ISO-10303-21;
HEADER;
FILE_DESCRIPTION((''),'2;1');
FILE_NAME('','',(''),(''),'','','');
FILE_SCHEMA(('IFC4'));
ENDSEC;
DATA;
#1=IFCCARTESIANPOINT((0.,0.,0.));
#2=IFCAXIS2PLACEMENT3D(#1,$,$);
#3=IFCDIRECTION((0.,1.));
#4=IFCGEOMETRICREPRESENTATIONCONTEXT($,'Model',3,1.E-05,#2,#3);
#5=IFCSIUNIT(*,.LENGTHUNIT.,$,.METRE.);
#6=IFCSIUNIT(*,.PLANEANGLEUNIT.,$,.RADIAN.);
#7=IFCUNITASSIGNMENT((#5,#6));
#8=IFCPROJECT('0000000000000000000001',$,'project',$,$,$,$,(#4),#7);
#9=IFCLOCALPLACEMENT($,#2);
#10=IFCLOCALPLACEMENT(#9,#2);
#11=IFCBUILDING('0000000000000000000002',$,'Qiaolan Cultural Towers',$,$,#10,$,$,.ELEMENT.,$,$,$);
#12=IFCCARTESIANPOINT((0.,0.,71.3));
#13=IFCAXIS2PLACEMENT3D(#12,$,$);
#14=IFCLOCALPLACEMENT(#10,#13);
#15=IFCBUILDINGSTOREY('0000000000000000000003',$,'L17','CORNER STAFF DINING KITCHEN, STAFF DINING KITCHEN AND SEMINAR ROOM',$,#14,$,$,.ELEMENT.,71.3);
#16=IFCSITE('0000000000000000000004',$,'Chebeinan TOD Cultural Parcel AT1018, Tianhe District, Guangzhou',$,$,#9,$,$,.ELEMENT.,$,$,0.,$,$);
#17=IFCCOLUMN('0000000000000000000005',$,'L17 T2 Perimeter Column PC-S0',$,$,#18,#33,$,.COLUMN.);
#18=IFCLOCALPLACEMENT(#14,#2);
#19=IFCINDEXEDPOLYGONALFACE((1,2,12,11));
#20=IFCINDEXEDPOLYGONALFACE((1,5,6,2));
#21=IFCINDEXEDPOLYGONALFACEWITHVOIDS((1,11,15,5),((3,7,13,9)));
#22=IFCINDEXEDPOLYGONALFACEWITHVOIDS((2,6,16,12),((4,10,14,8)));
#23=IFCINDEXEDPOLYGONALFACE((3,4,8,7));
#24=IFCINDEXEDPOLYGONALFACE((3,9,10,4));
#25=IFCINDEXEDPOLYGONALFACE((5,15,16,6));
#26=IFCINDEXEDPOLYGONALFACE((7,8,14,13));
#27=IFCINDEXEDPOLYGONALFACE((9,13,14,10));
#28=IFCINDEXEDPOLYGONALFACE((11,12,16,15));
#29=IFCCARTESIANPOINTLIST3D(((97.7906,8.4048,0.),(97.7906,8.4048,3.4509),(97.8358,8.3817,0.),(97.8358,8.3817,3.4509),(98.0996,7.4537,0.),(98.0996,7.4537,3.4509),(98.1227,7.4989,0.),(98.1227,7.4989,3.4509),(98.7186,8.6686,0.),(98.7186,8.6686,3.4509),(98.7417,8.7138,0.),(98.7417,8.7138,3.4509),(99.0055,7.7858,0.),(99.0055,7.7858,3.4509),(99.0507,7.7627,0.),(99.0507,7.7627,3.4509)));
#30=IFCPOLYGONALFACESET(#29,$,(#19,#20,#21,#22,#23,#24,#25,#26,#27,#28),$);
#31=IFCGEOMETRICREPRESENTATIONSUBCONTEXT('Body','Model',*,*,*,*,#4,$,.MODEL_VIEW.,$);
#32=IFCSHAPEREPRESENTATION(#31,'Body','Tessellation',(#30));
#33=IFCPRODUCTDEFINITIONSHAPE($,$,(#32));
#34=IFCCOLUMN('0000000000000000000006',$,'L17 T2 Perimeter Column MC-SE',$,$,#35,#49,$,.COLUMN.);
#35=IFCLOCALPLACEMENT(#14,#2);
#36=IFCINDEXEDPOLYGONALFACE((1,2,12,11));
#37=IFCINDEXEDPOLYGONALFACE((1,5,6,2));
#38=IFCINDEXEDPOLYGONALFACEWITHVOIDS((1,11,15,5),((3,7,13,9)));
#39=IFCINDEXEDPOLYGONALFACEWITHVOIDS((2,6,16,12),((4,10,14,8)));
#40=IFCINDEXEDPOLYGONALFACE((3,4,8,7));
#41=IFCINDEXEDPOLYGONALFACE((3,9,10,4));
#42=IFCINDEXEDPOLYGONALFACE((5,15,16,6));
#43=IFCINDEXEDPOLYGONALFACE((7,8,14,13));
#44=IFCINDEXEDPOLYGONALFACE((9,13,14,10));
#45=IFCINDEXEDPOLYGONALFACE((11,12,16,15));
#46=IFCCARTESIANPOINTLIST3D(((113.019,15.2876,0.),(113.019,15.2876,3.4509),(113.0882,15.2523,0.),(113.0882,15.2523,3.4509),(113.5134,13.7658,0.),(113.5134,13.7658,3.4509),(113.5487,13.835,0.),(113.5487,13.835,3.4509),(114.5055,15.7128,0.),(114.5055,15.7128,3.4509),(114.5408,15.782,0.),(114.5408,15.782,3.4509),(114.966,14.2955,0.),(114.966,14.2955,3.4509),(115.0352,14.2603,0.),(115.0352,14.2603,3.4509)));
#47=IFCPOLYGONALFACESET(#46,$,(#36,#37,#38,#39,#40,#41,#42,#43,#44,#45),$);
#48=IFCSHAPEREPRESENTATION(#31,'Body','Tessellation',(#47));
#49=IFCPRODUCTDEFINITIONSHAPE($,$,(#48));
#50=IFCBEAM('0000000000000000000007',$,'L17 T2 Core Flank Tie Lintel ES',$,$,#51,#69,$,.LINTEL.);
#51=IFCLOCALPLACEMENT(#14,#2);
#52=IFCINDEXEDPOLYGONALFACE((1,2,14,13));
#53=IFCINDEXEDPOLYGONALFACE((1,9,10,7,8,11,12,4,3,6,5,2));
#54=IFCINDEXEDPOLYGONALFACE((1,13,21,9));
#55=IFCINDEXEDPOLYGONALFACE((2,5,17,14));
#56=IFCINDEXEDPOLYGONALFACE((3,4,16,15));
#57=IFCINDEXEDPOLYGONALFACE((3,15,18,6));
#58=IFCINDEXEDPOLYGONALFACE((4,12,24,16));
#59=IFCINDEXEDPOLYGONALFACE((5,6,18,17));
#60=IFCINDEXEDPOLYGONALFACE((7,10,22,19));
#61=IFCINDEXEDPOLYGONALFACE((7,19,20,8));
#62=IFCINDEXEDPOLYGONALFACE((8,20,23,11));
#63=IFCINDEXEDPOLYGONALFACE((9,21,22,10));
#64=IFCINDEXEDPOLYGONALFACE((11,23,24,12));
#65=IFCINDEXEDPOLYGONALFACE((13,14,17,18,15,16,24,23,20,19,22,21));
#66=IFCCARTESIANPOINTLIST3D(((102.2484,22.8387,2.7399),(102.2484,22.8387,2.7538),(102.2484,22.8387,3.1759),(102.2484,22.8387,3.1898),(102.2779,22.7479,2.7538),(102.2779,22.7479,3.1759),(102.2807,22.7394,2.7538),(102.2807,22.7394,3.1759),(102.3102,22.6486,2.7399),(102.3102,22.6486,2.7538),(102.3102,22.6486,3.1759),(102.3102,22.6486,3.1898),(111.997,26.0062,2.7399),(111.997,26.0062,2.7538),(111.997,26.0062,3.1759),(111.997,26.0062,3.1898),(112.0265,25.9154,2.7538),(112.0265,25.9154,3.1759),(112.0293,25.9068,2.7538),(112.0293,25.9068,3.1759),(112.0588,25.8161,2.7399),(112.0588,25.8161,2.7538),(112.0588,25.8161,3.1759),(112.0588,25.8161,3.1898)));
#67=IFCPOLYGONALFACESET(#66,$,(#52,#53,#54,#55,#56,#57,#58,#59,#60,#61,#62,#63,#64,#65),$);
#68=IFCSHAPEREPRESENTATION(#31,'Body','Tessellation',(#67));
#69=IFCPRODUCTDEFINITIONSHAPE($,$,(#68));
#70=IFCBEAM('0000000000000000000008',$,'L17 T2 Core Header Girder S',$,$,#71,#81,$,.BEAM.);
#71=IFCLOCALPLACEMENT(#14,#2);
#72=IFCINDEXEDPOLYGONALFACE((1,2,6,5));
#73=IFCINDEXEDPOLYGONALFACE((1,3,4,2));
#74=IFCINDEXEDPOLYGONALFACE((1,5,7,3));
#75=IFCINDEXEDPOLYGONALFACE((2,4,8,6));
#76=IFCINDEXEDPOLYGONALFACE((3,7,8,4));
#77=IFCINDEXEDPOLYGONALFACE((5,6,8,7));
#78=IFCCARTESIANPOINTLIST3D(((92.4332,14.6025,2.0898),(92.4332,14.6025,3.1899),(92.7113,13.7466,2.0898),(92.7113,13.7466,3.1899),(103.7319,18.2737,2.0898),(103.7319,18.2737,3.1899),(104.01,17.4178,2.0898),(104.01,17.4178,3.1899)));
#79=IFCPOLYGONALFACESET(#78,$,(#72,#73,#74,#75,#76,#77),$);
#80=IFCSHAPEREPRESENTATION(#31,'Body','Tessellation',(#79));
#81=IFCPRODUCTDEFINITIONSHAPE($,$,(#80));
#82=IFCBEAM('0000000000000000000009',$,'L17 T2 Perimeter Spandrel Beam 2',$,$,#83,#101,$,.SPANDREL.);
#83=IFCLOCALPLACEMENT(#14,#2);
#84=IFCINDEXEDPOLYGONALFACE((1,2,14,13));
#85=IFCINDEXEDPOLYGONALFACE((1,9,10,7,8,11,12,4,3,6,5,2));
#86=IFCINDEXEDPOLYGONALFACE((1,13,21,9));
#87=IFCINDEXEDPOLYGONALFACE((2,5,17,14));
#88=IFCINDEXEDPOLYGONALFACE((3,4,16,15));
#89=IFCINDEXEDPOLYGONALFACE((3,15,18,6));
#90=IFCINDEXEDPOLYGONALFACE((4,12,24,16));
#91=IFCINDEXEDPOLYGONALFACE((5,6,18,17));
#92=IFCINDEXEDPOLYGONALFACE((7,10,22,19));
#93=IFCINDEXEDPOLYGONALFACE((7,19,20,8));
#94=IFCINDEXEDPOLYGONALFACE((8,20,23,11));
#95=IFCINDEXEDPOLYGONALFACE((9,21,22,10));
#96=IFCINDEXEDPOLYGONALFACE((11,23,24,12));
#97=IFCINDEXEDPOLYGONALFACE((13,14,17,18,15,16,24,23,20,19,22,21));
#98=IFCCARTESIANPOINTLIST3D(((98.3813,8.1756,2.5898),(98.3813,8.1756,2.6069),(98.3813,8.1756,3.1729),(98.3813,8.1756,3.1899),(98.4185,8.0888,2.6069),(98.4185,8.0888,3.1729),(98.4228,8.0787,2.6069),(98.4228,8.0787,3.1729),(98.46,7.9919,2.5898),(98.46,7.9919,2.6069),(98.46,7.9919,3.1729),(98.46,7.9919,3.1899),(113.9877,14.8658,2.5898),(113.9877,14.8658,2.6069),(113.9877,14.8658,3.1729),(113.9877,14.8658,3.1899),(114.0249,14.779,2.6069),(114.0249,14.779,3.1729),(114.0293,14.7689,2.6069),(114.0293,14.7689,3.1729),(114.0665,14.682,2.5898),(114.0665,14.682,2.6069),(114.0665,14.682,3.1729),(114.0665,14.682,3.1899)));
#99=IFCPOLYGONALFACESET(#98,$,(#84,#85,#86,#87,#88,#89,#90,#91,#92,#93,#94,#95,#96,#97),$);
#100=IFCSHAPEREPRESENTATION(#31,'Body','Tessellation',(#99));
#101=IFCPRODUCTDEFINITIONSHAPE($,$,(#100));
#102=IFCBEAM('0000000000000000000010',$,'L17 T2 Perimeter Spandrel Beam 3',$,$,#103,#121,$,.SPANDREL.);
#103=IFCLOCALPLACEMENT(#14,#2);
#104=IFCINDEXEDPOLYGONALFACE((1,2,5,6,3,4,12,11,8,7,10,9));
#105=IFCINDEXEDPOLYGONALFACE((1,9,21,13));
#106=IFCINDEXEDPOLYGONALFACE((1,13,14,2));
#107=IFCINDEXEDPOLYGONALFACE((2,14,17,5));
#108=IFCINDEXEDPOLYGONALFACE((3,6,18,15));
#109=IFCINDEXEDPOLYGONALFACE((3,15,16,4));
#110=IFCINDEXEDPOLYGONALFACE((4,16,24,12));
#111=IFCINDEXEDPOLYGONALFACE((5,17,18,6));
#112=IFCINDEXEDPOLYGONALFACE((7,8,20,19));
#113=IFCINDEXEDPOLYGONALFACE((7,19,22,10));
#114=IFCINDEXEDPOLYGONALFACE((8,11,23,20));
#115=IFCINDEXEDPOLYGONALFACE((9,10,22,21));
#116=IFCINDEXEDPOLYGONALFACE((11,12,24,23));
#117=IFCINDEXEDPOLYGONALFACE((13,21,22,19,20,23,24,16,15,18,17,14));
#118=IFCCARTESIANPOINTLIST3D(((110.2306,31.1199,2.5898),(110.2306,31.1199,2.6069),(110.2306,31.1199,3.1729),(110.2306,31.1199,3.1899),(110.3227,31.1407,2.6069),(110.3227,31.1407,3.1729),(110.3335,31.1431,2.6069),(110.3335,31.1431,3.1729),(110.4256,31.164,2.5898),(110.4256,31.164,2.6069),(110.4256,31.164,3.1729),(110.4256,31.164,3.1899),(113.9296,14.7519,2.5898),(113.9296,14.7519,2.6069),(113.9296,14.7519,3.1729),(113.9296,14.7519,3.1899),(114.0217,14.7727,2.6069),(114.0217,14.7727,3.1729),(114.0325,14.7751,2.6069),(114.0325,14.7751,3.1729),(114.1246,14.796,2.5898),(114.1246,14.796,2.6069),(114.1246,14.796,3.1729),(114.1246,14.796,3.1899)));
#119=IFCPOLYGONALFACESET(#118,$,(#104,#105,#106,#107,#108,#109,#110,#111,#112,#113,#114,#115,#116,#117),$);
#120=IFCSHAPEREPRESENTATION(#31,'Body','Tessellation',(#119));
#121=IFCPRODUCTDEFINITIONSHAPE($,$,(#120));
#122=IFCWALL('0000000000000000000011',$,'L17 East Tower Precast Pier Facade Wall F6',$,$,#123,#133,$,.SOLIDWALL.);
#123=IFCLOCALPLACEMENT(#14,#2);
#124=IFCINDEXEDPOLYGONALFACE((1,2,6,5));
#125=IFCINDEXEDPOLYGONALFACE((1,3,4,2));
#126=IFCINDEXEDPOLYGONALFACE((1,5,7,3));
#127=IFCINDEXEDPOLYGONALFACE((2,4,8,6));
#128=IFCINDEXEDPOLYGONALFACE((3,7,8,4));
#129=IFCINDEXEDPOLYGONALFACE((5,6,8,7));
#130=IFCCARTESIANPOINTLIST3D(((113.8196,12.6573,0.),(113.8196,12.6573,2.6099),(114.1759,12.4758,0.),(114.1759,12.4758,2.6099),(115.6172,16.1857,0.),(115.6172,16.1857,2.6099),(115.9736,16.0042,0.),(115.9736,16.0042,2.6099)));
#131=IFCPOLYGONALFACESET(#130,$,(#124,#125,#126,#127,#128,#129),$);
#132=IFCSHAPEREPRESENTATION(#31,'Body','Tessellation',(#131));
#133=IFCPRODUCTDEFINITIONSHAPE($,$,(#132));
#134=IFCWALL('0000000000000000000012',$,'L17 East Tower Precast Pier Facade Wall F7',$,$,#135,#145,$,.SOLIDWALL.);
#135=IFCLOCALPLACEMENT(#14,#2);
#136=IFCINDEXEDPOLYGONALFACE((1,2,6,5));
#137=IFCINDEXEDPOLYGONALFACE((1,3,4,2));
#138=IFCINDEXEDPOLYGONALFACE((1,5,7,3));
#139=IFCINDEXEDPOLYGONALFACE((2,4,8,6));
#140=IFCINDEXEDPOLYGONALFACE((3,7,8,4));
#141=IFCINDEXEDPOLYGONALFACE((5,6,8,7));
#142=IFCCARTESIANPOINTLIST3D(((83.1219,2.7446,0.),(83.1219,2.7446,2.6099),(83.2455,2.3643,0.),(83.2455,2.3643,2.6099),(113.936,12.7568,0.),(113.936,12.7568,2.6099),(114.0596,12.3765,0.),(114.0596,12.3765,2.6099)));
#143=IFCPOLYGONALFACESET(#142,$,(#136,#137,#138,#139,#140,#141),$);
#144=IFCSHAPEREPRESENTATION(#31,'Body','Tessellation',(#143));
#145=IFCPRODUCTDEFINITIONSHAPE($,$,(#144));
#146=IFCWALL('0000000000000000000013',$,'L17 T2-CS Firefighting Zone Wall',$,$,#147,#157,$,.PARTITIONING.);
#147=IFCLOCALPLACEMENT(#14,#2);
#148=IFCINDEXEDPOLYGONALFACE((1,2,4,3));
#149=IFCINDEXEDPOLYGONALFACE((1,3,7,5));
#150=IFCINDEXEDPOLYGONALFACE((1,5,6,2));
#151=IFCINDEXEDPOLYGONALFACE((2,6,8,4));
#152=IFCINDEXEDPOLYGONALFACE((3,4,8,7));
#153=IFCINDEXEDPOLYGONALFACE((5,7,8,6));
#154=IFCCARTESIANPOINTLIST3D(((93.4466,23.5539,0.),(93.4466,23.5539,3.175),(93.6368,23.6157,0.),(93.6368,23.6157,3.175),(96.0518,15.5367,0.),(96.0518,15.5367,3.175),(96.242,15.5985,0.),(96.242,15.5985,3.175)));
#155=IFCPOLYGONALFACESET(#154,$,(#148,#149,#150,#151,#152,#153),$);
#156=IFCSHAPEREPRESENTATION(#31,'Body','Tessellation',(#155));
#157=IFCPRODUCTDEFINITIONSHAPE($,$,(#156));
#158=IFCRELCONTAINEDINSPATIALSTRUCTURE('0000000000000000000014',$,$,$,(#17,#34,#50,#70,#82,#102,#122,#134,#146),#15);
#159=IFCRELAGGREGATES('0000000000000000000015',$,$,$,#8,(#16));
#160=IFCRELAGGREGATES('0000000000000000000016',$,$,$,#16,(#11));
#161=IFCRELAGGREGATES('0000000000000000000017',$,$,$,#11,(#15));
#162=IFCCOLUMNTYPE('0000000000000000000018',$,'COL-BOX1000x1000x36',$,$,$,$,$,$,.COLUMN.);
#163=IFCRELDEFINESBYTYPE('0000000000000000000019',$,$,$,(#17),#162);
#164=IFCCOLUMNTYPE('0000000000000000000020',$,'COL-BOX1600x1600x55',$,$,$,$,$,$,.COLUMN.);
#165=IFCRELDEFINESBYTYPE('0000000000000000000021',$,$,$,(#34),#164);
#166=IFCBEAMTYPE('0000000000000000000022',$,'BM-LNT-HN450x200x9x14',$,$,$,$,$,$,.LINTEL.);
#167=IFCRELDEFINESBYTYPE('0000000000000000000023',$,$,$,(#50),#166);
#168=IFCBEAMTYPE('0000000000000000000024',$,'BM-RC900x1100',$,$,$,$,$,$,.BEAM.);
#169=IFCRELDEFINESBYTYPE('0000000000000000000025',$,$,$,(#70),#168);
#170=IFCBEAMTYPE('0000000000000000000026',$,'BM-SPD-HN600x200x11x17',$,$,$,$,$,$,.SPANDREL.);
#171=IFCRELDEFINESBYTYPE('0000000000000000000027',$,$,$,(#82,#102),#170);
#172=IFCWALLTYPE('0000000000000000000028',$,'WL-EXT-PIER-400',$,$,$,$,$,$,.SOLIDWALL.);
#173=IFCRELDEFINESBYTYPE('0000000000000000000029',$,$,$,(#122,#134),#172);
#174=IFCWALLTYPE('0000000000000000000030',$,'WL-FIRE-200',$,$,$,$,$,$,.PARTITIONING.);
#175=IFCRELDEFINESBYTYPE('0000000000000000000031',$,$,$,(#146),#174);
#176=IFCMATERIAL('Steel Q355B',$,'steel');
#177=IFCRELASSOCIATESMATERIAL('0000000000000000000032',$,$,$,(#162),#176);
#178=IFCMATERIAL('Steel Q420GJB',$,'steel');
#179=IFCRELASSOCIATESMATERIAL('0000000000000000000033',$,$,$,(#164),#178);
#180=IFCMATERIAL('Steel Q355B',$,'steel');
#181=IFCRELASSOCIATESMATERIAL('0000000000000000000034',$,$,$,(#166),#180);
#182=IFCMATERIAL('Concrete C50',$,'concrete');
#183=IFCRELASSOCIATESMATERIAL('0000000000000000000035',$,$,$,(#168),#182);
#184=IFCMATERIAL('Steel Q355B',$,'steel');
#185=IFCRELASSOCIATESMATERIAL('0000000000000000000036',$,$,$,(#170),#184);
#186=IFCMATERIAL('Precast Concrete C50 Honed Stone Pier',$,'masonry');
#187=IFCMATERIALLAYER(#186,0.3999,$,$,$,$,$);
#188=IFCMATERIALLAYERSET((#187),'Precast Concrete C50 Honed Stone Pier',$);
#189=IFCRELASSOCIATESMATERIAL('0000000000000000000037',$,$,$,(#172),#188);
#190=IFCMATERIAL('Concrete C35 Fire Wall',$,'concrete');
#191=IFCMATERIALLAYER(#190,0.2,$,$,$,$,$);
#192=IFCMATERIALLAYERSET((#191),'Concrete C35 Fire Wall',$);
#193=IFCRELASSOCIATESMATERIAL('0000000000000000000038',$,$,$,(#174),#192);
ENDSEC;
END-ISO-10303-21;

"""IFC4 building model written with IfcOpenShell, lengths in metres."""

from ifc_helpers import new_model, si_unit, direction, frame, frame_2d, origin, origin_2d, place, context, subcontext, project, spatial, rectangle, hollow_rectangle, i_section, extrude, material, layer, layer_set, material_profile, profile_set, type_object, element, save


model = new_model("IFC4")

# Units and contexts
model_context = context("Model", 3, precision=1e-05, world=origin(), true_north=direction((0.0, 1.0)))
body_context = subcontext(model_context, "Body", "Model", "MODEL_VIEW")
ifc_project = project(units=[si_unit("LENGTHUNIT", "METRE"), si_unit("PLANEANGLEUNIT", "RADIAN")], contexts=[model_context])

# Site, building, storey
site_placement = place(None, origin())
site = spatial("IfcSite", under=ifc_project, at=site_placement, Name="Chebeinan TOD Cultural Parcel AT1018, Tianhe District, Guangzhou", CompositionType="ELEMENT", RefElevation=0.0)
building_placement = place(site_placement, origin())
building = spatial("IfcBuilding", under=site, at=building_placement, Name="Qiaolan Cultural Towers", CompositionType="ELEMENT")
storey_placement = place(building_placement, frame((0.0, 0.0, 71.3)))
storey = spatial("IfcBuildingStorey", under=building, at=storey_placement, Name="L17", Description="CORNER STAFF DINING KITCHEN, STAFF DINING KITCHEN AND SEMINAR ROOM", CompositionType="ELEMENT", Elevation=71.3)

# Columns
ifc_material_1 = material(Name="Steel Q355B", Category="steel")
ifc_material_profile_1 = material_profile(ifc_material_1, hollow_rectangle(XDim=1.0, YDim=1.0, WallThickness=0.0359, at=origin_2d()), Name="BOX1000x1000x36")
ifc_profile_set_1 = profile_set([ifc_material_profile_1], Name="Steel Q355B")
column_type_1 = type_object("IfcColumnType", Name="COL-BOX1000x1000x36", PredefinedType="COLUMN", material=ifc_profile_set_1)
column_1_placement = place(storey_placement, frame((98.4207, 8.0837, 0.0), z_axis=(0.0, 0.0, 1.0), x_axis=(0.951057, 0.309017, 0.0)))
element("IfcColumn", 1, at=column_1_placement, inside=storey, type_object=column_type_1, Name="L17 T2 Perimeter Column PC-S0", PredefinedType="COLUMN", context=body_context, shape_type="SweptSolid", body=[
    extrude(hollow_rectangle(XDim=1.0, YDim=1.0, WallThickness=0.0359, at=origin_2d()), origin(), (0.0, 0.0, 1.0), 3.4509),
])
ifc_material_2 = material(Name="Steel Q420GJB", Category="steel")
ifc_material_profile_2 = material_profile(ifc_material_2, hollow_rectangle(XDim=1.6001, YDim=1.6001, WallThickness=0.0549, at=origin_2d()), Name="BOX1600x1600x55")
ifc_profile_set_2 = profile_set([ifc_material_profile_2], Name="Steel Q420GJB")
column_type_2 = type_object("IfcColumnType", Name="COL-BOX1600x1600x55", PredefinedType="COLUMN", material=ifc_profile_set_2)
column_2_placement = place(storey_placement, frame((114.0271, 14.7739, 0.0), z_axis=(0.0, 0.0, 1.0), x_axis=(0.951057, 0.309017, 0.0)))
element("IfcColumn", 2, at=column_2_placement, inside=storey, type_object=column_type_2, Name="L17 T2 Perimeter Column MC-SE", PredefinedType="COLUMN", context=body_context, shape_type="SweptSolid", body=[
    extrude(hollow_rectangle(XDim=1.6001, YDim=1.6001, WallThickness=0.0549, at=origin_2d()), origin(), (0.0, 0.0, 1.0), 3.4509),
])

# Beams
ifc_material_3 = material(Name="Steel Q355B", Category="steel")
ifc_material_profile_3 = material_profile(ifc_material_3, i_section(OverallWidth=0.2, OverallDepth=0.45, WebThickness=0.009, FlangeThickness=0.0139, at=origin_2d()), Name="HN450x200x9x14")
ifc_profile_set_3 = profile_set([ifc_material_profile_3], Name="Steel Q355B")
beam_type_1 = type_object("IfcBeamType", Name="BM-LNT-HN450x200x9x14", PredefinedType="LINTEL", material=ifc_profile_set_3)
beam_1_placement = place(storey_placement, frame((102.2793, 22.7437, 2.9648), z_axis=(0.951057, 0.309016, 0.0), x_axis=(-0.309016, 0.951057, 0.0)))
element("IfcBeam", 3, at=beam_1_placement, inside=storey, type_object=beam_type_1, Name="L17 T2 Core Flank Tie Lintel ES", PredefinedType="LINTEL", context=body_context, shape_type="SweptSolid", body=[
    extrude(i_section(OverallWidth=0.2, OverallDepth=0.45, WebThickness=0.009, FlangeThickness=0.0139, at=origin_2d()), origin(), (0.0, 0.0, 1.0), 10.2502),
])
ifc_material_4 = material(Name="Concrete C50", Category="concrete")
ifc_material_profile_4 = material_profile(ifc_material_4, rectangle(XDim=0.8999, YDim=1.1001, at=origin_2d()), Name="RC900x1100")
ifc_profile_set_4 = profile_set([ifc_material_profile_4], Name="Concrete C50")
beam_type_2 = type_object("IfcBeamType", Name="BM-RC900x1100", PredefinedType="BEAM", material=ifc_profile_set_4)
beam_2_placement = place(storey_placement, frame((92.5723, 14.1746, 2.6399), z_axis=(0.951056, 0.309018, 0.0), x_axis=(-0.309018, 0.951056, 0.0)))
element("IfcBeam", 4, at=beam_2_placement, inside=storey, type_object=beam_type_2, Name="L17 T2 Core Header Girder S", PredefinedType="BEAM", context=body_context, shape_type="SweptSolid", body=[
    extrude(rectangle(XDim=0.8999, YDim=1.1001, at=origin_2d()), origin(), (0.0, 0.0, 1.0), 11.8801),
])
ifc_material_5 = material(Name="Steel Q355B", Category="steel")
ifc_material_profile_5 = material_profile(ifc_material_5, i_section(OverallWidth=0.2, OverallDepth=0.6001, WebThickness=0.011, FlangeThickness=0.0171, at=origin_2d()), Name="HN600x200x11x17")
ifc_profile_set_5 = profile_set([ifc_material_profile_5], Name="Steel Q355B")
beam_type_3 = type_object("IfcBeamType", Name="BM-SPD-HN600x200x11x17", PredefinedType="SPANDREL", material=ifc_profile_set_5)
beam_3_placement = place(storey_placement, frame((98.4207, 8.0837, 2.8899), z_axis=(0.919109, 0.394004, 0.0), x_axis=(-0.394004, 0.919109, 0.0)))
element("IfcBeam", 5, at=beam_3_placement, inside=storey, type_object=beam_type_3, Name="L17 T2 Perimeter Spandrel Beam 2", PredefinedType="SPANDREL", context=body_context, shape_type="SweptSolid", body=[
    extrude(i_section(OverallWidth=0.2, OverallDepth=0.6001, WebThickness=0.011, FlangeThickness=0.0171, at=origin_2d()), origin(), (0.0, 0.0, 1.0), 16.98),
])
beam_4_placement = place(storey_placement, frame((114.0271, 14.7739, 2.8899), z_axis=(-0.220431, 0.975403, 0.0), x_axis=(-0.975403, -0.220431, 0.0)))
element("IfcBeam", 6, at=beam_4_placement, inside=storey, type_object=beam_type_3, Name="L17 T2 Perimeter Spandrel Beam 3", PredefinedType="SPANDREL", context=body_context, shape_type="SweptSolid", body=[
    extrude(i_section(OverallWidth=0.2, OverallDepth=0.6001, WebThickness=0.011, FlangeThickness=0.0171, at=origin_2d()), origin(), (0.0, 0.0, 1.0), 16.7808),
])

# Walls
ifc_material_6 = material(Name="Precast Concrete C50 Honed Stone Pier", Category="masonry")
ifc_layer_1 = layer(ifc_material_6, 0.3999)
ifc_layer_set_1 = layer_set([ifc_layer_1], Name="Precast Concrete C50 Honed Stone Pier")
wall_type_1 = type_object("IfcWallType", Name="WL-EXT-PIER-400", PredefinedType="SOLIDWALL", material=ifc_layer_set_1)
wall_1_placement = place(storey_placement, frame((115.7954, 16.095, 0.0), z_axis=(0.0, 0.0, 1.0), x_axis=(-0.453958, -0.891023, 0.0)))
element("IfcWall", 7, at=wall_1_placement, inside=storey, type_object=wall_type_1, Name="L17 East Tower Precast Pier Facade Wall F6", PredefinedType="SOLIDWALL", context=body_context, shape_type="SweptSolid", body=[
    extrude(rectangle(XDim=3.96, YDim=0.3999, at=frame_2d((1.98, 0.0))), origin(), (0.0, 0.0, 1.0), 2.6099),
])
wall_2_placement = place(storey_placement, frame((113.9978, 12.5667, 0.0), z_axis=(0.0, 0.0, 1.0), x_axis=(-0.951056, -0.309019, 0.0)))
element("IfcWall", 8, at=wall_2_placement, inside=storey, type_object=wall_type_1, Name="L17 East Tower Precast Pier Facade Wall F7", PredefinedType="SOLIDWALL", context=body_context, shape_type="SweptSolid", body=[
    extrude(rectangle(XDim=32.3999, YDim=0.3999, at=frame_2d((16.2, 0.0))), origin(), (0.0, 0.0, 1.0), 2.6099),
])
ifc_material_7 = material(Name="Concrete C35 Fire Wall", Category="concrete")
ifc_layer_2 = layer(ifc_material_7, 0.2)
ifc_layer_set_2 = layer_set([ifc_layer_2], Name="Concrete C35 Fire Wall")
wall_type_2 = type_object("IfcWallType", Name="WL-FIRE-200", PredefinedType="PARTITIONING", material=ifc_layer_set_2)
wall_3_placement = place(storey_placement, frame((93.5417, 23.5847, 0.0), z_axis=(0.0, 0.0, 1.0), x_axis=(0.309042, -0.951048, 0.0)))
element("IfcWall", 9, at=wall_3_placement, inside=storey, type_object=wall_type_2, Name="L17 T2-CS Firefighting Zone Wall", PredefinedType="PARTITIONING", context=body_context, shape_type="SweptSolid", body=[
    extrude(rectangle(XDim=8.4299, YDim=0.2, at=frame_2d((4.2148, 0.0))), origin(), (0.0, 0.0, 1.0), 3.175),
])

save(model, "model.ifc")
